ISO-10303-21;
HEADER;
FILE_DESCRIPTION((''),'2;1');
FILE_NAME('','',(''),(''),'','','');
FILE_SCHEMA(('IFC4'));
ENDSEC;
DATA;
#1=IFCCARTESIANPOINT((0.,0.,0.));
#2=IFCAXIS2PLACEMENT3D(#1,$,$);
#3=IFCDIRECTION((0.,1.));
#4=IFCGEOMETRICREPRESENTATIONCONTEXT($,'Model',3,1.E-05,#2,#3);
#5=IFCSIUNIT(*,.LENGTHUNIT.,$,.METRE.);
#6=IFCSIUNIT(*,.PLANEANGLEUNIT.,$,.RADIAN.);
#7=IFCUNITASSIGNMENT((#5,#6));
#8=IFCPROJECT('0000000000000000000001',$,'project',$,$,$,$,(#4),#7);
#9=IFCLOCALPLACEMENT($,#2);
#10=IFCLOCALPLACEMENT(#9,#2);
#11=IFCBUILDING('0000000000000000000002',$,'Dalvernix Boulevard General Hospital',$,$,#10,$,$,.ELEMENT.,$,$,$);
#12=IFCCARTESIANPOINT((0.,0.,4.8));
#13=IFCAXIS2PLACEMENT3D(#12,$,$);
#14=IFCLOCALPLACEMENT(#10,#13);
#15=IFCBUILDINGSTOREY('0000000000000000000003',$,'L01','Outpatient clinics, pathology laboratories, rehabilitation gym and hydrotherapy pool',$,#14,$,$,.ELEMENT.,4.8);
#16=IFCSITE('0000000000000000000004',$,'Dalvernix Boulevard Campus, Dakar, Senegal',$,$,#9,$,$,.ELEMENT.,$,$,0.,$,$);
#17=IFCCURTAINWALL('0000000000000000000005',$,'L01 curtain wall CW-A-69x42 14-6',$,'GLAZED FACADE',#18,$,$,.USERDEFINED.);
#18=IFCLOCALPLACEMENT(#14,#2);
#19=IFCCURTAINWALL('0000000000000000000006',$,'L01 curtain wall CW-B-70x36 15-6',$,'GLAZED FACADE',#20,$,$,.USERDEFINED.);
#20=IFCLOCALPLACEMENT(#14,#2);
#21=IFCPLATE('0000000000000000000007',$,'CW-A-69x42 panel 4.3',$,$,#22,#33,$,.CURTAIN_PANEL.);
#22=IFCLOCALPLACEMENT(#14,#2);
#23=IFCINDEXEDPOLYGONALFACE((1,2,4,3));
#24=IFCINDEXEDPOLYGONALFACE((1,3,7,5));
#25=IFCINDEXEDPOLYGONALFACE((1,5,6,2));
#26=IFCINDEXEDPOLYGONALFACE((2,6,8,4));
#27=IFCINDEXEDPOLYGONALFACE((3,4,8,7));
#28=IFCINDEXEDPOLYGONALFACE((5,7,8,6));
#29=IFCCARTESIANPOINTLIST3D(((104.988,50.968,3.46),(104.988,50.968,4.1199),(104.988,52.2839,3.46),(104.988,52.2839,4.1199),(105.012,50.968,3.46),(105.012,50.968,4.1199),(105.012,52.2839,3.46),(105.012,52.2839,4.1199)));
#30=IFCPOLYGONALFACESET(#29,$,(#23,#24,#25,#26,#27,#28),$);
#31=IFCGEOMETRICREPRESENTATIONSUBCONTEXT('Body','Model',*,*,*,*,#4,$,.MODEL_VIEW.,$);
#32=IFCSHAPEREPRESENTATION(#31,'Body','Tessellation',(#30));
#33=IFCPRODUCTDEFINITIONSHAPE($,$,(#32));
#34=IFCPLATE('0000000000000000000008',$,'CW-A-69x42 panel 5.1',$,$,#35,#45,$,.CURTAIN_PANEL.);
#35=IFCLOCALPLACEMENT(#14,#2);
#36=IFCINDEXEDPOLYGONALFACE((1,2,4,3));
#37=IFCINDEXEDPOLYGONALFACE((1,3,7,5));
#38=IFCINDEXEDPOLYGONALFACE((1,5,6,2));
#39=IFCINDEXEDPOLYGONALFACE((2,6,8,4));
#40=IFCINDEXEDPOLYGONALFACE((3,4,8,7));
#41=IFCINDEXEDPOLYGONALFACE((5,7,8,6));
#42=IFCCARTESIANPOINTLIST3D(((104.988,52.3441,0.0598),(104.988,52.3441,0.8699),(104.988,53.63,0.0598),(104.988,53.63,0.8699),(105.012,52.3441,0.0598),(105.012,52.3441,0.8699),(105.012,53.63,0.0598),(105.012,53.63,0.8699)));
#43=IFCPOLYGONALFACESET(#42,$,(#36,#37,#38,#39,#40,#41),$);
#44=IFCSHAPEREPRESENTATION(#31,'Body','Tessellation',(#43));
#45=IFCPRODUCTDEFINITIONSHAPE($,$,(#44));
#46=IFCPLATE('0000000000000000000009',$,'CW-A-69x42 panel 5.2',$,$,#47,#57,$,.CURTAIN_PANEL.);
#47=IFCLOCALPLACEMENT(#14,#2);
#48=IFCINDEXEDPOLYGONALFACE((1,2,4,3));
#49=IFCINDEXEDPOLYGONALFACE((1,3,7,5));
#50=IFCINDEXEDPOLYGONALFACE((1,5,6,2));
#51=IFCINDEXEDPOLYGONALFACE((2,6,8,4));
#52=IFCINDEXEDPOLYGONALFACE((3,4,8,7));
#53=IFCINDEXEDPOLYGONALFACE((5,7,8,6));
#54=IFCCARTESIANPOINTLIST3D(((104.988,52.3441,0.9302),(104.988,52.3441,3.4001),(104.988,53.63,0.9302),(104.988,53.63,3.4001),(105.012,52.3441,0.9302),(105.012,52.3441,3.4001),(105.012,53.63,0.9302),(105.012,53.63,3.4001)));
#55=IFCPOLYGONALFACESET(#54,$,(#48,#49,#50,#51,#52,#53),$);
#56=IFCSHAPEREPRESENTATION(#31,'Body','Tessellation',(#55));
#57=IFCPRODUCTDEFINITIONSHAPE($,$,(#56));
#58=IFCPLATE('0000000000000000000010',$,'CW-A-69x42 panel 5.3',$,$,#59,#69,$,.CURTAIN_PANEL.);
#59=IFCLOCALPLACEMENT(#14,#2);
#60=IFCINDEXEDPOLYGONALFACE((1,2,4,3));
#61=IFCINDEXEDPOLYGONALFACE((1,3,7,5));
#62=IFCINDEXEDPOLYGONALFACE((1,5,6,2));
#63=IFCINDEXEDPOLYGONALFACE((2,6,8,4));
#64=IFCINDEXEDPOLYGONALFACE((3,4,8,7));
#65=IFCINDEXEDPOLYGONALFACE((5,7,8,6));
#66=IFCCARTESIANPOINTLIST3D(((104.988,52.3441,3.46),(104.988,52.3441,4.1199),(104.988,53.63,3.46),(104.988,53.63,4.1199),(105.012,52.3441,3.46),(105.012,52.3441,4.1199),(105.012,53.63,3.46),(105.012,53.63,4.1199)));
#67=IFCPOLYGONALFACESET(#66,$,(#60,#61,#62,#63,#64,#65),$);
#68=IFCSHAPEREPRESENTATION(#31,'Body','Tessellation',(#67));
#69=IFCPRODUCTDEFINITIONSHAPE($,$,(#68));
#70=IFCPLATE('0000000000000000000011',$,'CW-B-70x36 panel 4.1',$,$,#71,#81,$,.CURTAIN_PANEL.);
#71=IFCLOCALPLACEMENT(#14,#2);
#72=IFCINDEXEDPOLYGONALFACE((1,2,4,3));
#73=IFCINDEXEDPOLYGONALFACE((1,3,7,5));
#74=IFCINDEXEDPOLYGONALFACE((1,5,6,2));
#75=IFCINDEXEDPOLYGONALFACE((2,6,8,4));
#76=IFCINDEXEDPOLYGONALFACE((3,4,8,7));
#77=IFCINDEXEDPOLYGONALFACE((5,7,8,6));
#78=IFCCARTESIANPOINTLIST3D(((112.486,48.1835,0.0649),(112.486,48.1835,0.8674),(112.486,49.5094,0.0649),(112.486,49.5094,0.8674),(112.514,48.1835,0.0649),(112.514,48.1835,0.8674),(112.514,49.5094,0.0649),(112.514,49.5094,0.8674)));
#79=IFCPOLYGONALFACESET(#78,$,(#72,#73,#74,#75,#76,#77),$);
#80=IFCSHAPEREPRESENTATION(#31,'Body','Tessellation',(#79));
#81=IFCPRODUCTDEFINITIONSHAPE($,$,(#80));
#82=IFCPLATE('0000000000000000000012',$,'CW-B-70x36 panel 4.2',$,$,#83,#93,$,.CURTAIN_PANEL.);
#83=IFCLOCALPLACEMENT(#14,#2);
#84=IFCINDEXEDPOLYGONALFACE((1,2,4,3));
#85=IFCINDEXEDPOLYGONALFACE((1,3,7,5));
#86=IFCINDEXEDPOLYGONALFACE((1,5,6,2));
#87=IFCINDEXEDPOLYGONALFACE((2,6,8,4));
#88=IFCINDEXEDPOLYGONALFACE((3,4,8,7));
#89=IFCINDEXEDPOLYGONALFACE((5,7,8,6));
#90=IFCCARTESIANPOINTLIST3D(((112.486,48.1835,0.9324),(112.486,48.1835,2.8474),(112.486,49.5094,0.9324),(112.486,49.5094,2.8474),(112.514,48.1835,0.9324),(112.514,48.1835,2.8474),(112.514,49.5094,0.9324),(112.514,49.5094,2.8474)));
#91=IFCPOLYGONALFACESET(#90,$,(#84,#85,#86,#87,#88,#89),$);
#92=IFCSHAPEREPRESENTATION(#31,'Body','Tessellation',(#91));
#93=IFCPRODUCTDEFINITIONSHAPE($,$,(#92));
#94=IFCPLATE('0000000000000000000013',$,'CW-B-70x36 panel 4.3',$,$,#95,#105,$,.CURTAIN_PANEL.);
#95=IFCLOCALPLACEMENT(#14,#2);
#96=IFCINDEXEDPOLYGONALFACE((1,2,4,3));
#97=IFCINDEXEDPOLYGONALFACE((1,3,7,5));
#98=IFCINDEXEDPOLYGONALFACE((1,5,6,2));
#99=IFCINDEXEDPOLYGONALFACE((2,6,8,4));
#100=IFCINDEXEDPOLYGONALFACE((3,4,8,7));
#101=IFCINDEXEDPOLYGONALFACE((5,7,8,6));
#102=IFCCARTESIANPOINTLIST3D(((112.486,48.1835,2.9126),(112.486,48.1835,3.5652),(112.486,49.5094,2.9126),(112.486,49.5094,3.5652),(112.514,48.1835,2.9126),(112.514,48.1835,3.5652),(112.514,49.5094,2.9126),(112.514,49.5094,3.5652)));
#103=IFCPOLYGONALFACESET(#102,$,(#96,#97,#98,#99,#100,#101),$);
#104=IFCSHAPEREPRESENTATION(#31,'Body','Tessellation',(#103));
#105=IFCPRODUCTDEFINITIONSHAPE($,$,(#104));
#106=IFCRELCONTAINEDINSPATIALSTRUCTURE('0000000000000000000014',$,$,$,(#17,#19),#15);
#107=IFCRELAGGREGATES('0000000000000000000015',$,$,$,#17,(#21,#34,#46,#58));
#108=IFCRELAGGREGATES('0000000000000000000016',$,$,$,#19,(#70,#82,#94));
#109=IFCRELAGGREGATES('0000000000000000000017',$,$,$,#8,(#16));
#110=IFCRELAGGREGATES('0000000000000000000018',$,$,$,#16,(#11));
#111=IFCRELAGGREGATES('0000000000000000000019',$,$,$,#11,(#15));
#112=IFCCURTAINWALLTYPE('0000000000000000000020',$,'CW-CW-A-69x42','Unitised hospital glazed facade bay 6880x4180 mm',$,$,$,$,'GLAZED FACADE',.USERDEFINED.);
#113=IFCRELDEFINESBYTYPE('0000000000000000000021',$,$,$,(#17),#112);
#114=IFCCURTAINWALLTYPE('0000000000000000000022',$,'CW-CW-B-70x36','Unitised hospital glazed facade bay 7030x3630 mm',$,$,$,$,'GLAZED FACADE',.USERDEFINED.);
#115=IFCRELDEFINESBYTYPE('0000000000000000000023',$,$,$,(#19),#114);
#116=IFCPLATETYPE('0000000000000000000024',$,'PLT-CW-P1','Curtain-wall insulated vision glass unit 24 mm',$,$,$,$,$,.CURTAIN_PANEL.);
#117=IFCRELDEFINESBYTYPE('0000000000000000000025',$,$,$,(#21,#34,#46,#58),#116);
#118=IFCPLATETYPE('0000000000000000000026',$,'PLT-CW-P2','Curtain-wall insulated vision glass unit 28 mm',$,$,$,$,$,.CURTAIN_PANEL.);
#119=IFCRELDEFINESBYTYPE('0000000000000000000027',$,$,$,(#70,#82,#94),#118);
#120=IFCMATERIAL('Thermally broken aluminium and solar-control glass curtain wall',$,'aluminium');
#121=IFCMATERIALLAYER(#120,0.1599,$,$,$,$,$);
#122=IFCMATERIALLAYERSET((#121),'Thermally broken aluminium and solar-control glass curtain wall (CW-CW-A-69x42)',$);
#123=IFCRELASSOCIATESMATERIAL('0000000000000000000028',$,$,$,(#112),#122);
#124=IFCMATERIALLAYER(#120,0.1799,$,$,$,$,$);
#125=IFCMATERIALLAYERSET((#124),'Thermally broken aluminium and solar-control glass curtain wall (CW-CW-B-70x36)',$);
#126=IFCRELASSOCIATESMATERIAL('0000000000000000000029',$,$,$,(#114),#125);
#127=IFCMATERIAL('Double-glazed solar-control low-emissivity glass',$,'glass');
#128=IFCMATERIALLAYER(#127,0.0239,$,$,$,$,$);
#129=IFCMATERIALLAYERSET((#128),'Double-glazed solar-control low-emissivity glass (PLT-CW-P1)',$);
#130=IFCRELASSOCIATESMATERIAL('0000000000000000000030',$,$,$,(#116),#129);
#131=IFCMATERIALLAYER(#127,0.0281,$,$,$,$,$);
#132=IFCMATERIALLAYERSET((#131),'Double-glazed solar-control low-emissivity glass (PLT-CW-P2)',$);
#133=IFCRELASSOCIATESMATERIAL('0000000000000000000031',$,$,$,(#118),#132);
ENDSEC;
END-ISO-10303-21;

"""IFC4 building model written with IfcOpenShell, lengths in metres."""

from ifc_helpers import new_model, si_unit, direction, frame, origin, origin_2d, place, context, subcontext, project, spatial, rectangle, extrude, material, layer, layer_set, type_object, element, aggregate, save


model = new_model("IFC4")

# Units and contexts
model_context = context("Model", 3, precision=1e-05, world=origin(), true_north=direction((0.0, 1.0)))
body_context = subcontext(model_context, "Body", "Model", "MODEL_VIEW")
ifc_project = project(units=[si_unit("LENGTHUNIT", "METRE"), si_unit("PLANEANGLEUNIT", "RADIAN")], contexts=[model_context])

# Site, building, storey
site_placement = place(None, origin())
site = spatial("IfcSite", under=ifc_project, at=site_placement, Name="Dalvernix Boulevard Campus, Dakar, Senegal", CompositionType="ELEMENT", RefElevation=0.0)
building_placement = place(site_placement, origin())
building = spatial("IfcBuilding", under=site, at=building_placement, Name="Dalvernix Boulevard General Hospital", CompositionType="ELEMENT")
storey_placement = place(building_placement, frame((0.0, 0.0, 4.8)))
storey = spatial("IfcBuildingStorey", under=building, at=storey_placement, Name="L01", Description="Outpatient clinics, pathology laboratories, rehabilitation gym and hydrotherapy pool", CompositionType="ELEMENT", Elevation=4.8)

# Curtain walls
ifc_material_1 = material(Name="Thermally broken aluminium and solar-control glass curtain wall", Category="aluminium")
ifc_layer_1 = layer(ifc_material_1, 0.1599)
ifc_layer_set_1 = layer_set([ifc_layer_1], Name="Thermally broken aluminium and solar-control glass curtain wall (CW-CW-A-69x42)")
curtain_wall_type_1 = type_object("IfcCurtainWallType", Name="CW-CW-A-69x42", Description="Unitised hospital glazed facade bay 6880x4180 mm", ElementType="GLAZED FACADE", PredefinedType="USERDEFINED", material=ifc_layer_set_1)
curtain_wall_1_placement = place(storey_placement, origin())
curtain_wall_1 = element("IfcCurtainWall", 1, at=curtain_wall_1_placement, inside=storey, type_object=curtain_wall_type_1, Name="L01 curtain wall CW-A-69x42 14-6", ObjectType="GLAZED FACADE", PredefinedType="USERDEFINED")
ifc_layer_2 = layer(ifc_material_1, 0.1799)
ifc_layer_set_2 = layer_set([ifc_layer_2], Name="Thermally broken aluminium and solar-control glass curtain wall (CW-CW-B-70x36)")
curtain_wall_type_2 = type_object("IfcCurtainWallType", Name="CW-CW-B-70x36", Description="Unitised hospital glazed facade bay 7030x3630 mm", ElementType="GLAZED FACADE", PredefinedType="USERDEFINED", material=ifc_layer_set_2)
curtain_wall_2_placement = place(storey_placement, origin())
curtain_wall_2 = element("IfcCurtainWall", 2, at=curtain_wall_2_placement, inside=storey, type_object=curtain_wall_type_2, Name="L01 curtain wall CW-B-70x36 15-6", ObjectType="GLAZED FACADE", PredefinedType="USERDEFINED")

# Plates
ifc_material_2 = material(Name="Double-glazed solar-control low-emissivity glass", Category="glass")
ifc_layer_3 = layer(ifc_material_2, 0.0239)
ifc_layer_set_3 = layer_set([ifc_layer_3], Name="Double-glazed solar-control low-emissivity glass (PLT-CW-P1)")
plate_type_1 = type_object("IfcPlateType", Name="PLT-CW-P1", Description="Curtain-wall insulated vision glass unit 24 mm", PredefinedType="CURTAIN_PANEL", material=ifc_layer_set_3)
plate_1_placement = place(storey_placement, frame((105.0, 51.626, 3.46), z_axis=(0.0, 0.0, 1.0), x_axis=(0.0, 1.0, 0.0)))
plate_1 = element("IfcPlate", 3, at=plate_1_placement, type_object=plate_type_1, Name="CW-A-69x42 panel 4.3", PredefinedType="CURTAIN_PANEL", context=body_context, shape_type="SweptSolid", body=[
    extrude(rectangle(XDim=1.3159, YDim=0.0239, at=origin_2d()), origin(), (0.0, 0.0, 1.0), 0.6599),
])
plate_2_placement = place(storey_placement, frame((105.0, 52.9871, 0.0598), z_axis=(0.0, 0.0, 1.0), x_axis=(0.0, 1.0, 0.0)))
plate_2 = element("IfcPlate", 4, at=plate_2_placement, type_object=plate_type_1, Name="CW-A-69x42 panel 5.1", PredefinedType="CURTAIN_PANEL", context=body_context, shape_type="SweptSolid", body=[
    extrude(rectangle(XDim=1.2859, YDim=0.0239, at=origin_2d()), origin(), (0.0, 0.0, 1.0), 0.8101),
])
plate_3_placement = place(storey_placement, frame((105.0, 52.9871, 0.9302), z_axis=(0.0, 0.0, 1.0), x_axis=(0.0, 1.0, 0.0)))
plate_3 = element("IfcPlate", 5, at=plate_3_placement, type_object=plate_type_1, Name="CW-A-69x42 panel 5.2", PredefinedType="CURTAIN_PANEL", context=body_context, shape_type="SweptSolid", body=[
    extrude(rectangle(XDim=1.2859, YDim=0.0239, at=origin_2d()), origin(), (0.0, 0.0, 1.0), 2.47),
])
plate_4_placement = place(storey_placement, frame((105.0, 52.9871, 3.46), z_axis=(0.0, 0.0, 1.0), x_axis=(0.0, 1.0, 0.0)))
plate_4 = element("IfcPlate", 6, at=plate_4_placement, type_object=plate_type_1, Name="CW-A-69x42 panel 5.3", PredefinedType="CURTAIN_PANEL", context=body_context, shape_type="SweptSolid", body=[
    extrude(rectangle(XDim=1.2859, YDim=0.0239, at=origin_2d()), origin(), (0.0, 0.0, 1.0), 0.6599),
])
aggregate(curtain_wall_1, [plate_1, plate_2, plate_3, plate_4])
ifc_layer_4 = layer(ifc_material_2, 0.0281)
ifc_layer_set_4 = layer_set([ifc_layer_4], Name="Double-glazed solar-control low-emissivity glass (PLT-CW-P2)")
plate_type_2 = type_object("IfcPlateType", Name="PLT-CW-P2", Description="Curtain-wall insulated vision glass unit 28 mm", PredefinedType="CURTAIN_PANEL", material=ifc_layer_set_4)
plate_5_placement = place(storey_placement, frame((112.5, 48.8464, 0.0649), z_axis=(0.0, 0.0, 1.0), x_axis=(0.0, -1.0, 0.0)))
plate_5 = element("IfcPlate", 7, at=plate_5_placement, type_object=plate_type_2, Name="CW-B-70x36 panel 4.1", PredefinedType="CURTAIN_PANEL", context=body_context, shape_type="SweptSolid", body=[
    extrude(rectangle(XDim=1.3259, YDim=0.0281, at=origin_2d()), origin(), (0.0, 0.0, 1.0), 0.8025),
])
plate_6_placement = place(storey_placement, frame((112.5, 48.8464, 0.9324), z_axis=(0.0, 0.0, 1.0), x_axis=(0.0, -1.0, 0.0)))
plate_6 = element("IfcPlate", 8, at=plate_6_placement, type_object=plate_type_2, Name="CW-B-70x36 panel 4.2", PredefinedType="CURTAIN_PANEL", context=body_context, shape_type="SweptSolid", body=[
    extrude(rectangle(XDim=1.3259, YDim=0.0281, at=origin_2d()), origin(), (0.0, 0.0, 1.0), 1.915),
])
plate_7_placement = place(storey_placement, frame((112.5, 48.8464, 2.9126), z_axis=(0.0, 0.0, 1.0), x_axis=(0.0, -1.0, 0.0)))
plate_7 = element("IfcPlate", 9, at=plate_7_placement, type_object=plate_type_2, Name="CW-B-70x36 panel 4.3", PredefinedType="CURTAIN_PANEL", context=body_context, shape_type="SweptSolid", body=[
    extrude(rectangle(XDim=1.3259, YDim=0.0281, at=origin_2d()), origin(), (0.0, 0.0, 1.0), 0.6526),
])
aggregate(curtain_wall_2, [plate_5, plate_6, plate_7])

save(model, "model.ifc")
